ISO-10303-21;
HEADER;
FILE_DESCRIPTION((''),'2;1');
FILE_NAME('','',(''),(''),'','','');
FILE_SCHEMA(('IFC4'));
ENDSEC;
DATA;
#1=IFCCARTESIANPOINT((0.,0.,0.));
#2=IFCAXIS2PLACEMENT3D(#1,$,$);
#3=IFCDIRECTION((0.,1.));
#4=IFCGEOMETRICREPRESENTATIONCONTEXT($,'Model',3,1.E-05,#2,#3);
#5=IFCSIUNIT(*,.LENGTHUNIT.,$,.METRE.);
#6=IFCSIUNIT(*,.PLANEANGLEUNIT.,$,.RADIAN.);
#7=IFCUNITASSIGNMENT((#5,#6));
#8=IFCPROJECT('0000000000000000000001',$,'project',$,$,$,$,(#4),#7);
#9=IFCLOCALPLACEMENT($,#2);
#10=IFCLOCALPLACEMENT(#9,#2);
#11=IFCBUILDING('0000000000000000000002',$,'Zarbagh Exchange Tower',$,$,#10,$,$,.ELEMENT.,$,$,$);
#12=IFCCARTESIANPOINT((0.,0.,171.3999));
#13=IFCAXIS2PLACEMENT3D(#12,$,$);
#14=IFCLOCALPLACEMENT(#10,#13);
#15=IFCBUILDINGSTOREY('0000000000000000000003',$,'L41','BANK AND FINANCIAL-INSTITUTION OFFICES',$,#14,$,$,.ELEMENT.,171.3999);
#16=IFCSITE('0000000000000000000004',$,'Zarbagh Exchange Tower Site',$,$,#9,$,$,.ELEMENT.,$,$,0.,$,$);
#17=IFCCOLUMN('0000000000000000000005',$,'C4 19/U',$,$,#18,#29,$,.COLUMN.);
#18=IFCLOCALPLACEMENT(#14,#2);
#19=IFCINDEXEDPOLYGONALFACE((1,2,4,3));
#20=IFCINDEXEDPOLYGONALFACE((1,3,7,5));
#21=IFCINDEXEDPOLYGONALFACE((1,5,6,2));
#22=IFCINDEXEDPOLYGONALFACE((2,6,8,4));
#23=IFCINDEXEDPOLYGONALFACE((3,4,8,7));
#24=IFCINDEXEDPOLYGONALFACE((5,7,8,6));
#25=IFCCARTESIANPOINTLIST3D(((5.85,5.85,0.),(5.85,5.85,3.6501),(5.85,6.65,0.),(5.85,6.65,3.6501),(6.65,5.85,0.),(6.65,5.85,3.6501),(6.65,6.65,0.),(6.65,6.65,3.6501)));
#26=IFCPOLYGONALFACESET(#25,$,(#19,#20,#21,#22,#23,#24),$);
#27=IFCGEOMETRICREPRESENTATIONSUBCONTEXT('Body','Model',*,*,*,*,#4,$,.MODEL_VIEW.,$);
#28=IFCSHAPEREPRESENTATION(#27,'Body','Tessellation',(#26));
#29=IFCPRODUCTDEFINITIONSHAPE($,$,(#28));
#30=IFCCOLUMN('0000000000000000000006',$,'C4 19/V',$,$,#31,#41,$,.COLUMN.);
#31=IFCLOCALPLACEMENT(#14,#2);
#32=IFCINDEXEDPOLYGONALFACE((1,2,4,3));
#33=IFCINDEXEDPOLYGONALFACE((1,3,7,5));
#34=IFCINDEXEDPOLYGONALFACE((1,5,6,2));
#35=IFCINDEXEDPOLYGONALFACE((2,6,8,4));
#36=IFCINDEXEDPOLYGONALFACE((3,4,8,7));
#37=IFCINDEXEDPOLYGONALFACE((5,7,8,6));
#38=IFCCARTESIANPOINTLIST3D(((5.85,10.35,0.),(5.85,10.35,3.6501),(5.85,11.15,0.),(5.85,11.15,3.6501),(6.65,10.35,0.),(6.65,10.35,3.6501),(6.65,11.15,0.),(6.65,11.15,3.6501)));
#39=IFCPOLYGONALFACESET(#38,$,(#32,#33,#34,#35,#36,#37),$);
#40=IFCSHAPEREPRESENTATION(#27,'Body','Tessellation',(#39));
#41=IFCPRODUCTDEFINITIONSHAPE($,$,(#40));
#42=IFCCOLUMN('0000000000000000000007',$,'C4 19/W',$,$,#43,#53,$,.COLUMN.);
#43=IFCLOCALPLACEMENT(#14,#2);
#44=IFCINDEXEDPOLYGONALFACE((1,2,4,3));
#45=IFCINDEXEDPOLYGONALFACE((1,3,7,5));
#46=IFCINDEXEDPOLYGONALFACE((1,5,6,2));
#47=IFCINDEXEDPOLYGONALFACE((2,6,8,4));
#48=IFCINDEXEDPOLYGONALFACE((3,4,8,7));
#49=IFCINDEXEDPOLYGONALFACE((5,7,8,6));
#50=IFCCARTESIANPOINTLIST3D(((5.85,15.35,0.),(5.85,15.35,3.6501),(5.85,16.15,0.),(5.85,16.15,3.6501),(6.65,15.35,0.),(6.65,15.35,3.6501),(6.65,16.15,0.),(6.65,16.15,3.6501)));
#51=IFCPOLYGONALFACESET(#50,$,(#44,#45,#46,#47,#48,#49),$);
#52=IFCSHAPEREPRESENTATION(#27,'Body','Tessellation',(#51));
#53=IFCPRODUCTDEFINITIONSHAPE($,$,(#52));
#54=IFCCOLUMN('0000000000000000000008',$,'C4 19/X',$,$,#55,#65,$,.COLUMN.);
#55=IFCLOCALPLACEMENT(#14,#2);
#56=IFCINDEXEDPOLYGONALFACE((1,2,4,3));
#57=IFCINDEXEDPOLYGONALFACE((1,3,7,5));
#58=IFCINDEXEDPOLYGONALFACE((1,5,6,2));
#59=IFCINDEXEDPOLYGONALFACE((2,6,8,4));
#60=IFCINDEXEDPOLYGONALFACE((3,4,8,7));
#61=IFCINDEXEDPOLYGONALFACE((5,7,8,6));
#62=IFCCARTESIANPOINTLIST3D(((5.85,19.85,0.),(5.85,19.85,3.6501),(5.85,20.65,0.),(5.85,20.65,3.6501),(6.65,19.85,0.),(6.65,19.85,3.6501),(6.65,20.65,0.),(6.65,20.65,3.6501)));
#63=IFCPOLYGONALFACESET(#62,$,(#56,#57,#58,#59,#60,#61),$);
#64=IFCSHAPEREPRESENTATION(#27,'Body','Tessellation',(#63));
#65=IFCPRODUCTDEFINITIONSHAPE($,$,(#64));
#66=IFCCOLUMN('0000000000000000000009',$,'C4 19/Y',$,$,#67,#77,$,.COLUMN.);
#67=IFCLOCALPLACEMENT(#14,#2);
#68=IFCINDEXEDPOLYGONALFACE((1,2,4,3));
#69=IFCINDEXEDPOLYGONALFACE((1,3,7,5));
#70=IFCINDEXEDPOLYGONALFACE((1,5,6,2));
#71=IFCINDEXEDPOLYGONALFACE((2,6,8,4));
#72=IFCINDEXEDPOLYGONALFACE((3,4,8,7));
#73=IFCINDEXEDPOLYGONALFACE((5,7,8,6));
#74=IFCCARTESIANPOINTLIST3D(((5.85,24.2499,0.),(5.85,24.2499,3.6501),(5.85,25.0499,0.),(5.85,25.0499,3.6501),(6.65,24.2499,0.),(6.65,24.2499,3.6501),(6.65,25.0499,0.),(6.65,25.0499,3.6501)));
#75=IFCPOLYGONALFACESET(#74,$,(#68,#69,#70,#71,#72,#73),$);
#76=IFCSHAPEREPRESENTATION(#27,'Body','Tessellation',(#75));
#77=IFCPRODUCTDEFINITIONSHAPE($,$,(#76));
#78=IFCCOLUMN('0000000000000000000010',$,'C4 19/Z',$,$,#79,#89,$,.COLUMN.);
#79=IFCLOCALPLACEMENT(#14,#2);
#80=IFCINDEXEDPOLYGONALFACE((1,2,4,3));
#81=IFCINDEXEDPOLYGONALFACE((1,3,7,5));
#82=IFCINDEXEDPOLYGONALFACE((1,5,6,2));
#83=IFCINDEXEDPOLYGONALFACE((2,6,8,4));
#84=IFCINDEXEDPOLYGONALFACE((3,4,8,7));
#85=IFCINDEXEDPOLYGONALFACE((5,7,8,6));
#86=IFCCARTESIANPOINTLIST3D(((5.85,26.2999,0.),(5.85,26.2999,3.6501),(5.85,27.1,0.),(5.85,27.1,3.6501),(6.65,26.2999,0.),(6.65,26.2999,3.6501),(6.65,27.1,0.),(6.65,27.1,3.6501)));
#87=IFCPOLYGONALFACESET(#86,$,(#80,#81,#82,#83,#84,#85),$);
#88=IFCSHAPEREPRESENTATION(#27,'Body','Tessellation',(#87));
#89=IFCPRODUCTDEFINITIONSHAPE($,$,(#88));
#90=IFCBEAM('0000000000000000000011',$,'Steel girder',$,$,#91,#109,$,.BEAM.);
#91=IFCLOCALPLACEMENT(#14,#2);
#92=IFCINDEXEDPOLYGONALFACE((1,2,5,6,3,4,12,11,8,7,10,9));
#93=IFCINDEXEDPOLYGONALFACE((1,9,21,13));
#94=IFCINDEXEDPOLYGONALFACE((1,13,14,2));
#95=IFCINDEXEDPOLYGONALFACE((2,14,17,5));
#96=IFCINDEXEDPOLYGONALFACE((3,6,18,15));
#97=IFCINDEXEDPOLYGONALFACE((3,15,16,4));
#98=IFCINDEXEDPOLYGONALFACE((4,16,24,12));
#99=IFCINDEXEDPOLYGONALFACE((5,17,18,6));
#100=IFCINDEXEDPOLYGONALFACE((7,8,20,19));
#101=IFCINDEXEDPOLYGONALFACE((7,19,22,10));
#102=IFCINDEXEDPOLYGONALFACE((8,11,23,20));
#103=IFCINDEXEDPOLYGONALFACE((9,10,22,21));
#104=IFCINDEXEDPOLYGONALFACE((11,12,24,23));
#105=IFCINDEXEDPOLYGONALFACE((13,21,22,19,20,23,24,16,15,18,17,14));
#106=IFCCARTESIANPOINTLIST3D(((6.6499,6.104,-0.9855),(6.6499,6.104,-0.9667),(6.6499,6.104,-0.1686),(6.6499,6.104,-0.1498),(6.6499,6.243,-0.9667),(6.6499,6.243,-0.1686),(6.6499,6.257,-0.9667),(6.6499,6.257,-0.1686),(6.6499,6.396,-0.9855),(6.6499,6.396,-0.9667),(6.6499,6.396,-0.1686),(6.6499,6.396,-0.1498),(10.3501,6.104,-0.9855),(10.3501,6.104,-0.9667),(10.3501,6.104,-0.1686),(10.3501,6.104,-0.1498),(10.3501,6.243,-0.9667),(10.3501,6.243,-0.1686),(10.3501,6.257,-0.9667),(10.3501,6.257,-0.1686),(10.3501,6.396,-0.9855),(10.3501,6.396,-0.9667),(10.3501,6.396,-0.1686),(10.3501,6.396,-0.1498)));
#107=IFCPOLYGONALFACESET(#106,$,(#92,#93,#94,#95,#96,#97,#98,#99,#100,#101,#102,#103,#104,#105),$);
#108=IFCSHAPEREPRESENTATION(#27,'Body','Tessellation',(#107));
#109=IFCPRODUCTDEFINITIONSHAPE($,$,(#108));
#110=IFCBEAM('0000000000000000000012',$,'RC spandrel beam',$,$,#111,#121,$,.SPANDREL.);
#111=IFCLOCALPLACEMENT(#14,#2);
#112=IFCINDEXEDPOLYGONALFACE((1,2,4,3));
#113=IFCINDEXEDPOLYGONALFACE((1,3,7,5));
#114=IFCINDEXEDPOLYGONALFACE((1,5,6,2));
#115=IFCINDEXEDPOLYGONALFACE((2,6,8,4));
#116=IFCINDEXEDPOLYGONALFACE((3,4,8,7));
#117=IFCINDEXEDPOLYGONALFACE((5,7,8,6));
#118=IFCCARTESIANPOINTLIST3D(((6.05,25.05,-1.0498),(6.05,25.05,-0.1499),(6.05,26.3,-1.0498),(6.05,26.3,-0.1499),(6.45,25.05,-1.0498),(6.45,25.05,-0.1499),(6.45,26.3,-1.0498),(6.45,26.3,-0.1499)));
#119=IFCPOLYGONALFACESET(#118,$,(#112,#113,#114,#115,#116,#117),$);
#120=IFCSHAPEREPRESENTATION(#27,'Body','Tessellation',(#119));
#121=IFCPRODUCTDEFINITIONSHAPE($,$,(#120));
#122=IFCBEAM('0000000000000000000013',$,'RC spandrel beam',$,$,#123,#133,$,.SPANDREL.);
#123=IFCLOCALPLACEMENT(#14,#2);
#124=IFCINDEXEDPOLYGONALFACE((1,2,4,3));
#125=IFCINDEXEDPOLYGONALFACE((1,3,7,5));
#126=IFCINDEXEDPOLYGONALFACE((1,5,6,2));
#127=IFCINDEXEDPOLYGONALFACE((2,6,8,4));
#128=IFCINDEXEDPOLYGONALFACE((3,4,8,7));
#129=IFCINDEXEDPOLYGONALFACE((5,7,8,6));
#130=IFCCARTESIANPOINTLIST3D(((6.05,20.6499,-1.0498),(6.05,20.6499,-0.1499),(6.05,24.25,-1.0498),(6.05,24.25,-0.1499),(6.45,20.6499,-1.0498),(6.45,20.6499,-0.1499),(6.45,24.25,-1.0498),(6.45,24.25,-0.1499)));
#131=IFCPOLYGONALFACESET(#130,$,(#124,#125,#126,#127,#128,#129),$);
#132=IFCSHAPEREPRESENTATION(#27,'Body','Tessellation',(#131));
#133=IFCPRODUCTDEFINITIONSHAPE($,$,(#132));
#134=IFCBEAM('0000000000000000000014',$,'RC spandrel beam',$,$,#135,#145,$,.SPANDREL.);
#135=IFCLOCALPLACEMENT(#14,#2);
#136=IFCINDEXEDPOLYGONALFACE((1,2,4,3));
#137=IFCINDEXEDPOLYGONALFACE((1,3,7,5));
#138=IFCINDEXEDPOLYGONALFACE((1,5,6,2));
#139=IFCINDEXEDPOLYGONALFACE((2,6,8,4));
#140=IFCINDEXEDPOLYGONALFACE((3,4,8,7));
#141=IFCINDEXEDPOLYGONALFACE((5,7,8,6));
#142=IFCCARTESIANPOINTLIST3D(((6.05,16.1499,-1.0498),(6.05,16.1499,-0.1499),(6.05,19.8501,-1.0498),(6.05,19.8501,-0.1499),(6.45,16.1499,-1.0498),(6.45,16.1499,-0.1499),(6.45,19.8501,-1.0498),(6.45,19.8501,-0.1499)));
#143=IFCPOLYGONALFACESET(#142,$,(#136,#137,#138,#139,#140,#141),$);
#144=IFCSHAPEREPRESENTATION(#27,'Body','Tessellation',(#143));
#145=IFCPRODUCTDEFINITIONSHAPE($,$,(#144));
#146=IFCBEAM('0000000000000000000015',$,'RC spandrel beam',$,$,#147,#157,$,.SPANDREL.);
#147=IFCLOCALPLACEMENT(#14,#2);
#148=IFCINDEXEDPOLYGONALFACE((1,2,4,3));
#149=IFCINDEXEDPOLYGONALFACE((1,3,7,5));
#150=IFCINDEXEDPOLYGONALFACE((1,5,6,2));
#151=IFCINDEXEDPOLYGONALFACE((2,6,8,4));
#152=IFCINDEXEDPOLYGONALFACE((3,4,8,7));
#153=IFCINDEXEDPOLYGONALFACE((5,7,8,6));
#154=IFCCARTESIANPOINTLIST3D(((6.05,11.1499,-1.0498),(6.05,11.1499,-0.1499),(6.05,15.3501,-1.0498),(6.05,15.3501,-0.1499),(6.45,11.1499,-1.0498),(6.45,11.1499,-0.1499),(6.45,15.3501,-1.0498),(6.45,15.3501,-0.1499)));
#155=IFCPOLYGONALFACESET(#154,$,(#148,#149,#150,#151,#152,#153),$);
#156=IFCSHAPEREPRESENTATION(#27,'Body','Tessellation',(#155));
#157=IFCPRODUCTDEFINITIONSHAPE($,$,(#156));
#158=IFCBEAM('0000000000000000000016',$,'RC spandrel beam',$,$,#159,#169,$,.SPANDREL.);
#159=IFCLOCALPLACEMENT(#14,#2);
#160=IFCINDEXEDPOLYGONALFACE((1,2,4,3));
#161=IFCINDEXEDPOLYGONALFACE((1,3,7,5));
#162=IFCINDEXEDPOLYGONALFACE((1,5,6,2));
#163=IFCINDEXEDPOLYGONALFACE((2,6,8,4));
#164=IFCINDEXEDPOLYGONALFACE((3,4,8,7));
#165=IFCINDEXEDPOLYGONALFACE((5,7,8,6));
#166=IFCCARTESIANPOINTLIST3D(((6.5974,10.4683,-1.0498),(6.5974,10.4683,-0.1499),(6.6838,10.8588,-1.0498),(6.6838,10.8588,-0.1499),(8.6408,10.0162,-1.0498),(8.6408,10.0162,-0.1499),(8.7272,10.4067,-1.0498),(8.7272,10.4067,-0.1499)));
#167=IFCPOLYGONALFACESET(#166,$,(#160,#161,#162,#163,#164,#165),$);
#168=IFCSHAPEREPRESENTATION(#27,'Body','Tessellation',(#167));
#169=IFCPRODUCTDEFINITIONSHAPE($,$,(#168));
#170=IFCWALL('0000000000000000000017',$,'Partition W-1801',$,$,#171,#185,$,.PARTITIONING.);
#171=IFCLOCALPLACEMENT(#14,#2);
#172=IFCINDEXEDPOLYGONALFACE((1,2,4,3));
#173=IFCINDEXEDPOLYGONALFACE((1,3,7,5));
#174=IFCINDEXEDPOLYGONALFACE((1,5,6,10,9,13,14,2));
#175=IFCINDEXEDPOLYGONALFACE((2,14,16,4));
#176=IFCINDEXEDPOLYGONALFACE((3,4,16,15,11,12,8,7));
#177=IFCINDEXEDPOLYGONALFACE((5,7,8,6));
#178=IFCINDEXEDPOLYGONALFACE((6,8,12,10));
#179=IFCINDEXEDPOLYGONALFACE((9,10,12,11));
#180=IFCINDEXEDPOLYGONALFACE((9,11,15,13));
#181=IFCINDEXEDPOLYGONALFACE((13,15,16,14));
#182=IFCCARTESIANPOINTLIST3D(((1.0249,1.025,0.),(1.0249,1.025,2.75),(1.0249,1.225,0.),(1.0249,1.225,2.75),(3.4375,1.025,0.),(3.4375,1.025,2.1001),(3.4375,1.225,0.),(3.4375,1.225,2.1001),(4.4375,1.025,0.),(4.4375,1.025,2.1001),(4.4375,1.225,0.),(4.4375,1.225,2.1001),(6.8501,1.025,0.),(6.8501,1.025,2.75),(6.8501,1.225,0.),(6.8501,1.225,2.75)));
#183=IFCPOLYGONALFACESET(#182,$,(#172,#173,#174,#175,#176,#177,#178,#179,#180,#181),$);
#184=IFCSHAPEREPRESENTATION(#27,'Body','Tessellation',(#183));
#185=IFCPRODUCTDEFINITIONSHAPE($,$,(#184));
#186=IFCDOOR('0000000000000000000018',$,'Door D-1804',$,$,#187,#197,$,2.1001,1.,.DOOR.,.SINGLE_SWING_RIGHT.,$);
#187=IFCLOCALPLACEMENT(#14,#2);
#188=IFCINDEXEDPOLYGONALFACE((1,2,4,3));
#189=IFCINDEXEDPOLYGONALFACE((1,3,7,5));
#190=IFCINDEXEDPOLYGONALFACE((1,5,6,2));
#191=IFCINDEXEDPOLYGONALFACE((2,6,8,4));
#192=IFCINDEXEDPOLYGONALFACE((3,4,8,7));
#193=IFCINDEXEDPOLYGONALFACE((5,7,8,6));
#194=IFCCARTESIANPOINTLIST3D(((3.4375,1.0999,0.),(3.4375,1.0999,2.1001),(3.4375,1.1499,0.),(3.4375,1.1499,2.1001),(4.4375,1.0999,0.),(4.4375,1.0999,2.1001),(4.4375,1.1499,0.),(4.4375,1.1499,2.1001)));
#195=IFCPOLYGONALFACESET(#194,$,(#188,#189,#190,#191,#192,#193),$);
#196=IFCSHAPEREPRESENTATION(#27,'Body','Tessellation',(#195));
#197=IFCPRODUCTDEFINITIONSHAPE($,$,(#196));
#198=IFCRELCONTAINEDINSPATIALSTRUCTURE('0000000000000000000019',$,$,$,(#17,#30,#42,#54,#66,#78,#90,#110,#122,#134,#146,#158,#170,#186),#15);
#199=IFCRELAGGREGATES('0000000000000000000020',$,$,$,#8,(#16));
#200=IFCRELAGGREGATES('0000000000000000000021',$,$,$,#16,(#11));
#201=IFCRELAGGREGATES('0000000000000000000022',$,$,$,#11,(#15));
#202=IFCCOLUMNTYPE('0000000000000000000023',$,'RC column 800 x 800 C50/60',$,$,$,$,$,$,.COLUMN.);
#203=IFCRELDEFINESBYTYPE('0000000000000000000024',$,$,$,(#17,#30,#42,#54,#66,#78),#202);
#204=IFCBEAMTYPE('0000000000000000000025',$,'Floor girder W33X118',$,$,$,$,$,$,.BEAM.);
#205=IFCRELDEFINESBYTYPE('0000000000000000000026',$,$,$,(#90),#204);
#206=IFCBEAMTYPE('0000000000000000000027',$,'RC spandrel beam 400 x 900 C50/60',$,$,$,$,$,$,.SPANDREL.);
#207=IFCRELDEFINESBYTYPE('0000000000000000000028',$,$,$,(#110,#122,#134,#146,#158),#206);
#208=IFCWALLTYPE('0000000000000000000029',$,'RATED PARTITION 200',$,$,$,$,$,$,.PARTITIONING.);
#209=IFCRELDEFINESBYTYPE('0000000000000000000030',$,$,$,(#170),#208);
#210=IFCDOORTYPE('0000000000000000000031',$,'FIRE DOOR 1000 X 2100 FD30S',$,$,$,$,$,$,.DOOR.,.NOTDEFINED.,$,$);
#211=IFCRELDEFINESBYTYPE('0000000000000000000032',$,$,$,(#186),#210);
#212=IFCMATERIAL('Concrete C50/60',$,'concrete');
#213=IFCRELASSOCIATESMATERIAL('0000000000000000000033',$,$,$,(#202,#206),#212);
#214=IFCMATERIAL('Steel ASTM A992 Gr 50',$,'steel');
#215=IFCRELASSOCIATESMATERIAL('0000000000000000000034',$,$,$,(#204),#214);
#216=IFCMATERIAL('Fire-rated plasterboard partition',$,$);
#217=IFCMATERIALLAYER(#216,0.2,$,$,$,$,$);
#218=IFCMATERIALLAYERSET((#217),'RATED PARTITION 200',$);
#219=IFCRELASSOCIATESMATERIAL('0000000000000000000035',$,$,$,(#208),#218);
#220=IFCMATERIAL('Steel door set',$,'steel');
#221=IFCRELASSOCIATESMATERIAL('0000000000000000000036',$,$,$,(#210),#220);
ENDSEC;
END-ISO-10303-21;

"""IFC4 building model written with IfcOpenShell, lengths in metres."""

from ifc_helpers import new_model, si_unit, direction, frame, frame_2d, origin, origin_2d, place, context, subcontext, project, spatial, rectangle, i_section, extrude, material, layer, layer_set, material_profile, profile_set, type_object, element, fill, save


model = new_model("IFC4")

# Units and contexts
model_context = context("Model", 3, precision=1e-05, world=origin(), true_north=direction((0.0, 1.0)))
body_context = subcontext(model_context, "Body", "Model", "MODEL_VIEW")
ifc_project = project(units=[si_unit("LENGTHUNIT", "METRE"), si_unit("PLANEANGLEUNIT", "RADIAN")], contexts=[model_context])

# Site, building, storey
site_placement = place(None, origin())
site = spatial("IfcSite", under=ifc_project, at=site_placement, Name="Zarbagh Exchange Tower Site", CompositionType="ELEMENT", RefElevation=0.0)
building_placement = place(site_placement, origin())
building = spatial("IfcBuilding", under=site, at=building_placement, Name="Zarbagh Exchange Tower", CompositionType="ELEMENT")
storey_placement = place(building_placement, frame((0.0, 0.0, 171.3999)))
storey = spatial("IfcBuildingStorey", under=building, at=storey_placement, Name="L41", Description="BANK AND FINANCIAL-INSTITUTION OFFICES", CompositionType="ELEMENT", Elevation=171.3999)

# Columns
ifc_material_1 = material(Name="Concrete C50/60", Category="concrete")
ifc_material_profile_1 = material_profile(ifc_material_1, rectangle(XDim=0.8, YDim=0.8, at=origin_2d()), Name="RC column 800 x 800 C50/60")
ifc_profile_set_1 = profile_set([ifc_material_profile_1], Name="Concrete C50/60")
column_type = type_object("IfcColumnType", Name="RC column 800 x 800 C50/60", PredefinedType="COLUMN", material=ifc_profile_set_1)
for number, where, z_axis, x_axis, name in (
    (1, (6.25, 6.25, 0.0), (0.0, 0.0, 1.0), (1.0, 0.0, 0.0), "C4 19/U"),
    (2, (6.25, 10.75, 0.0), (0.0, 0.0, 1.0), (1.0, 0.0, 0.0), "C4 19/V"),
    (3, (6.25, 15.75, 0.0), (0.0, 0.0, 1.0), (1.0, 0.0, 0.0), "C4 19/W"),
    (4, (6.25, 20.25, 0.0), (0.0, 0.0, 1.0), (1.0, 0.0, 0.0), "C4 19/X"),
    (5, (6.25, 24.6499, 0.0), (0.0, 0.0, 1.0), (1.0, 0.0, 0.0), "C4 19/Y"),
    (6, (6.25, 26.7, 0.0), (0.0, 0.0, 1.0), (1.0, 0.0, 0.0), "C4 19/Z"),
):
    element("IfcColumn", number, at=place(storey_placement, frame(where, z_axis=z_axis, x_axis=x_axis)), inside=storey, type_object=column_type, Name=name, PredefinedType="COLUMN", context=body_context, shape_type="SweptSolid", body=[
        extrude(rectangle(XDim=0.8, YDim=0.8, at=origin_2d()), origin(), (0.0, 0.0, 1.0), 3.6501),
    ])

# Beams
ifc_material_2 = material(Name="Steel ASTM A992 Gr 50", Category="steel")
ifc_material_profile_2 = material_profile(ifc_material_2, i_section(OverallWidth=0.292, OverallDepth=0.8357, WebThickness=0.0139, FlangeThickness=0.0188, at=origin_2d()), Name="W33X118")
ifc_profile_set_2 = profile_set([ifc_material_profile_2], Name="Steel ASTM A992 Gr 50")
beam_type_1 = type_object("IfcBeamType", Name="Floor girder W33X118", PredefinedType="BEAM", material=ifc_profile_set_2)
beam_1_placement = place(storey_placement, frame((6.6499, 6.25, -0.5676), z_axis=(1.0, 0.0, 0.0), x_axis=(0.0, 1.0, 0.0)))
element("IfcBeam", 7, at=beam_1_placement, inside=storey, type_object=beam_type_1, Name="Steel girder", PredefinedType="BEAM", context=body_context, shape_type="SweptSolid", body=[
    extrude(i_section(OverallWidth=0.292, OverallDepth=0.8357, WebThickness=0.0139, FlangeThickness=0.0188, at=origin_2d()), origin(), (0.0, 0.0, 1.0), 3.7002),
])
ifc_material_profile_3 = material_profile(ifc_material_1, rectangle(XDim=0.3999, YDim=0.8999, at=origin_2d()), Name="RC spandrel beam 400 x 900 C50/60")
ifc_profile_set_3 = profile_set([ifc_material_profile_3], Name="Concrete C50/60")
beam_type_2 = type_object("IfcBeamType", Name="RC spandrel beam 400 x 900 C50/60", PredefinedType="SPANDREL", material=ifc_profile_set_3)
beam_2_placement = place(storey_placement, frame((6.25, 26.3, -0.5999), z_axis=(0.0, -1.0, 0.0), x_axis=(1.0, 0.0, 0.0)))
element("IfcBeam", 8, at=beam_2_placement, inside=storey, type_object=beam_type_2, Name="RC spandrel beam", PredefinedType="SPANDREL", context=body_context, shape_type="SweptSolid", body=[
    extrude(rectangle(XDim=0.3999, YDim=0.8999, at=origin_2d()), origin(), (0.0, 0.0, 1.0), 1.25),
])
beam_3_placement = place(storey_placement, frame((6.25, 24.25, -0.5999), z_axis=(0.0, -1.0, 0.0), x_axis=(1.0, 0.0, 0.0)))
element("IfcBeam", 9, at=beam_3_placement, inside=storey, type_object=beam_type_2, Name="RC spandrel beam", PredefinedType="SPANDREL", context=body_context, shape_type="SweptSolid", body=[
    extrude(rectangle(XDim=0.3999, YDim=0.8999, at=origin_2d()), origin(), (0.0, 0.0, 1.0), 3.6001),
])
beam_4_placement = place(storey_placement, frame((6.25, 19.8501, -0.5999), z_axis=(0.0, -1.0, 0.0), x_axis=(1.0, 0.0, 0.0)))
element("IfcBeam", 10, at=beam_4_placement, inside=storey, type_object=beam_type_2, Name="RC spandrel beam", PredefinedType="SPANDREL", context=body_context, shape_type="SweptSolid", body=[
    extrude(rectangle(XDim=0.3999, YDim=0.8999, at=origin_2d()), origin(), (0.0, 0.0, 1.0), 3.7002),
])
beam_5_placement = place(storey_placement, frame((6.25, 15.3501, -0.5999), z_axis=(0.0, -1.0, 0.0), x_axis=(1.0, 0.0, 0.0)))
element("IfcBeam", 11, at=beam_5_placement, inside=storey, type_object=beam_type_2, Name="RC spandrel beam", PredefinedType="SPANDREL", context=body_context, shape_type="SweptSolid", body=[
    extrude(rectangle(XDim=0.3999, YDim=0.8999, at=origin_2d()), origin(), (0.0, 0.0, 1.0), 4.2002),
])
beam_6_placement = place(storey_placement, frame((6.6406, 10.6636, -0.5999), z_axis=(0.976384, -0.216041, 0.0), x_axis=(0.216041, 0.976384, 0.0)))
element("IfcBeam", 12, at=beam_6_placement, inside=storey, type_object=beam_type_2, Name="RC spandrel beam", PredefinedType="SPANDREL", context=body_context, shape_type="SweptSolid", body=[
    extrude(rectangle(XDim=0.3999, YDim=0.8999, at=origin_2d()), origin(), (0.0, 0.0, 1.0), 2.0928),
])

# Wall, opening, door
ifc_material_3 = material(Name="Fire-rated plasterboard partition")
ifc_layer_1 = layer(ifc_material_3, 0.2)
ifc_layer_set_1 = layer_set([ifc_layer_1], Name="RATED PARTITION 200")
wall_type_1 = type_object("IfcWallType", Name="RATED PARTITION 200", PredefinedType="PARTITIONING", material=ifc_layer_set_1)
wall_1_placement = place(storey_placement, frame((1.0249, 1.125, 0.0), z_axis=(0.0, 0.0, 1.0), x_axis=(1.0, 0.0, 0.0)))
wall_1 = element("IfcWall", 13, at=wall_1_placement, inside=storey, type_object=wall_type_1, Name="Partition W-1801", PredefinedType="PARTITIONING", context=body_context, shape_type="SweptSolid", body=[
    extrude(rectangle(XDim=5.8252, YDim=0.2, at=frame_2d((2.9126, 0.0))), origin(), (0.0, 0.0, 1.0), 2.75),
])
opening_1_placement = place(wall_1_placement, frame((2.4126, 0.0, 0.0)))
opening_1 = element("IfcOpeningElement", 14, at=opening_1_placement, cuts=wall_1, PredefinedType="OPENING", context=body_context, shape_type="SweptSolid", body=[
    extrude(rectangle(XDim=1.0, YDim=2.1001, at=frame_2d((0.5, 1.05))), frame((0.0, 0.1099, 0.0), z_axis=(0.0, -1.0, 0.0), x_axis=(1.0, 0.0, 0.0)), (0.0, 0.0, 1.0), 0.22),
])
ifc_material_4 = material(Name="Steel door set", Category="steel")
door_type_1 = type_object("IfcDoorType", Name="FIRE DOOR 1000 X 2100 FD30S", OperationType="NOTDEFINED", PredefinedType="DOOR", material=ifc_material_4)
door_1_placement = place(opening_1_placement, origin())
door_1 = element("IfcDoor", 15, at=door_1_placement, inside=storey, type_object=door_type_1, Name="Door D-1804", OperationType="SINGLE_SWING_RIGHT", OverallHeight=2.1001, OverallWidth=1.0, PredefinedType="DOOR", context=body_context, shape_type="SweptSolid", body=[
    extrude(rectangle(XDim=1.0, YDim=2.1001, at=frame_2d((0.5, 1.05))), frame((0.0, 0.0249, 0.0), z_axis=(0.0, -1.0, 0.0), x_axis=(1.0, 0.0, 0.0)), (0.0, 0.0, 1.0), 0.05),
])
fill(opening_1, door_1)

save(model, "model.ifc")
